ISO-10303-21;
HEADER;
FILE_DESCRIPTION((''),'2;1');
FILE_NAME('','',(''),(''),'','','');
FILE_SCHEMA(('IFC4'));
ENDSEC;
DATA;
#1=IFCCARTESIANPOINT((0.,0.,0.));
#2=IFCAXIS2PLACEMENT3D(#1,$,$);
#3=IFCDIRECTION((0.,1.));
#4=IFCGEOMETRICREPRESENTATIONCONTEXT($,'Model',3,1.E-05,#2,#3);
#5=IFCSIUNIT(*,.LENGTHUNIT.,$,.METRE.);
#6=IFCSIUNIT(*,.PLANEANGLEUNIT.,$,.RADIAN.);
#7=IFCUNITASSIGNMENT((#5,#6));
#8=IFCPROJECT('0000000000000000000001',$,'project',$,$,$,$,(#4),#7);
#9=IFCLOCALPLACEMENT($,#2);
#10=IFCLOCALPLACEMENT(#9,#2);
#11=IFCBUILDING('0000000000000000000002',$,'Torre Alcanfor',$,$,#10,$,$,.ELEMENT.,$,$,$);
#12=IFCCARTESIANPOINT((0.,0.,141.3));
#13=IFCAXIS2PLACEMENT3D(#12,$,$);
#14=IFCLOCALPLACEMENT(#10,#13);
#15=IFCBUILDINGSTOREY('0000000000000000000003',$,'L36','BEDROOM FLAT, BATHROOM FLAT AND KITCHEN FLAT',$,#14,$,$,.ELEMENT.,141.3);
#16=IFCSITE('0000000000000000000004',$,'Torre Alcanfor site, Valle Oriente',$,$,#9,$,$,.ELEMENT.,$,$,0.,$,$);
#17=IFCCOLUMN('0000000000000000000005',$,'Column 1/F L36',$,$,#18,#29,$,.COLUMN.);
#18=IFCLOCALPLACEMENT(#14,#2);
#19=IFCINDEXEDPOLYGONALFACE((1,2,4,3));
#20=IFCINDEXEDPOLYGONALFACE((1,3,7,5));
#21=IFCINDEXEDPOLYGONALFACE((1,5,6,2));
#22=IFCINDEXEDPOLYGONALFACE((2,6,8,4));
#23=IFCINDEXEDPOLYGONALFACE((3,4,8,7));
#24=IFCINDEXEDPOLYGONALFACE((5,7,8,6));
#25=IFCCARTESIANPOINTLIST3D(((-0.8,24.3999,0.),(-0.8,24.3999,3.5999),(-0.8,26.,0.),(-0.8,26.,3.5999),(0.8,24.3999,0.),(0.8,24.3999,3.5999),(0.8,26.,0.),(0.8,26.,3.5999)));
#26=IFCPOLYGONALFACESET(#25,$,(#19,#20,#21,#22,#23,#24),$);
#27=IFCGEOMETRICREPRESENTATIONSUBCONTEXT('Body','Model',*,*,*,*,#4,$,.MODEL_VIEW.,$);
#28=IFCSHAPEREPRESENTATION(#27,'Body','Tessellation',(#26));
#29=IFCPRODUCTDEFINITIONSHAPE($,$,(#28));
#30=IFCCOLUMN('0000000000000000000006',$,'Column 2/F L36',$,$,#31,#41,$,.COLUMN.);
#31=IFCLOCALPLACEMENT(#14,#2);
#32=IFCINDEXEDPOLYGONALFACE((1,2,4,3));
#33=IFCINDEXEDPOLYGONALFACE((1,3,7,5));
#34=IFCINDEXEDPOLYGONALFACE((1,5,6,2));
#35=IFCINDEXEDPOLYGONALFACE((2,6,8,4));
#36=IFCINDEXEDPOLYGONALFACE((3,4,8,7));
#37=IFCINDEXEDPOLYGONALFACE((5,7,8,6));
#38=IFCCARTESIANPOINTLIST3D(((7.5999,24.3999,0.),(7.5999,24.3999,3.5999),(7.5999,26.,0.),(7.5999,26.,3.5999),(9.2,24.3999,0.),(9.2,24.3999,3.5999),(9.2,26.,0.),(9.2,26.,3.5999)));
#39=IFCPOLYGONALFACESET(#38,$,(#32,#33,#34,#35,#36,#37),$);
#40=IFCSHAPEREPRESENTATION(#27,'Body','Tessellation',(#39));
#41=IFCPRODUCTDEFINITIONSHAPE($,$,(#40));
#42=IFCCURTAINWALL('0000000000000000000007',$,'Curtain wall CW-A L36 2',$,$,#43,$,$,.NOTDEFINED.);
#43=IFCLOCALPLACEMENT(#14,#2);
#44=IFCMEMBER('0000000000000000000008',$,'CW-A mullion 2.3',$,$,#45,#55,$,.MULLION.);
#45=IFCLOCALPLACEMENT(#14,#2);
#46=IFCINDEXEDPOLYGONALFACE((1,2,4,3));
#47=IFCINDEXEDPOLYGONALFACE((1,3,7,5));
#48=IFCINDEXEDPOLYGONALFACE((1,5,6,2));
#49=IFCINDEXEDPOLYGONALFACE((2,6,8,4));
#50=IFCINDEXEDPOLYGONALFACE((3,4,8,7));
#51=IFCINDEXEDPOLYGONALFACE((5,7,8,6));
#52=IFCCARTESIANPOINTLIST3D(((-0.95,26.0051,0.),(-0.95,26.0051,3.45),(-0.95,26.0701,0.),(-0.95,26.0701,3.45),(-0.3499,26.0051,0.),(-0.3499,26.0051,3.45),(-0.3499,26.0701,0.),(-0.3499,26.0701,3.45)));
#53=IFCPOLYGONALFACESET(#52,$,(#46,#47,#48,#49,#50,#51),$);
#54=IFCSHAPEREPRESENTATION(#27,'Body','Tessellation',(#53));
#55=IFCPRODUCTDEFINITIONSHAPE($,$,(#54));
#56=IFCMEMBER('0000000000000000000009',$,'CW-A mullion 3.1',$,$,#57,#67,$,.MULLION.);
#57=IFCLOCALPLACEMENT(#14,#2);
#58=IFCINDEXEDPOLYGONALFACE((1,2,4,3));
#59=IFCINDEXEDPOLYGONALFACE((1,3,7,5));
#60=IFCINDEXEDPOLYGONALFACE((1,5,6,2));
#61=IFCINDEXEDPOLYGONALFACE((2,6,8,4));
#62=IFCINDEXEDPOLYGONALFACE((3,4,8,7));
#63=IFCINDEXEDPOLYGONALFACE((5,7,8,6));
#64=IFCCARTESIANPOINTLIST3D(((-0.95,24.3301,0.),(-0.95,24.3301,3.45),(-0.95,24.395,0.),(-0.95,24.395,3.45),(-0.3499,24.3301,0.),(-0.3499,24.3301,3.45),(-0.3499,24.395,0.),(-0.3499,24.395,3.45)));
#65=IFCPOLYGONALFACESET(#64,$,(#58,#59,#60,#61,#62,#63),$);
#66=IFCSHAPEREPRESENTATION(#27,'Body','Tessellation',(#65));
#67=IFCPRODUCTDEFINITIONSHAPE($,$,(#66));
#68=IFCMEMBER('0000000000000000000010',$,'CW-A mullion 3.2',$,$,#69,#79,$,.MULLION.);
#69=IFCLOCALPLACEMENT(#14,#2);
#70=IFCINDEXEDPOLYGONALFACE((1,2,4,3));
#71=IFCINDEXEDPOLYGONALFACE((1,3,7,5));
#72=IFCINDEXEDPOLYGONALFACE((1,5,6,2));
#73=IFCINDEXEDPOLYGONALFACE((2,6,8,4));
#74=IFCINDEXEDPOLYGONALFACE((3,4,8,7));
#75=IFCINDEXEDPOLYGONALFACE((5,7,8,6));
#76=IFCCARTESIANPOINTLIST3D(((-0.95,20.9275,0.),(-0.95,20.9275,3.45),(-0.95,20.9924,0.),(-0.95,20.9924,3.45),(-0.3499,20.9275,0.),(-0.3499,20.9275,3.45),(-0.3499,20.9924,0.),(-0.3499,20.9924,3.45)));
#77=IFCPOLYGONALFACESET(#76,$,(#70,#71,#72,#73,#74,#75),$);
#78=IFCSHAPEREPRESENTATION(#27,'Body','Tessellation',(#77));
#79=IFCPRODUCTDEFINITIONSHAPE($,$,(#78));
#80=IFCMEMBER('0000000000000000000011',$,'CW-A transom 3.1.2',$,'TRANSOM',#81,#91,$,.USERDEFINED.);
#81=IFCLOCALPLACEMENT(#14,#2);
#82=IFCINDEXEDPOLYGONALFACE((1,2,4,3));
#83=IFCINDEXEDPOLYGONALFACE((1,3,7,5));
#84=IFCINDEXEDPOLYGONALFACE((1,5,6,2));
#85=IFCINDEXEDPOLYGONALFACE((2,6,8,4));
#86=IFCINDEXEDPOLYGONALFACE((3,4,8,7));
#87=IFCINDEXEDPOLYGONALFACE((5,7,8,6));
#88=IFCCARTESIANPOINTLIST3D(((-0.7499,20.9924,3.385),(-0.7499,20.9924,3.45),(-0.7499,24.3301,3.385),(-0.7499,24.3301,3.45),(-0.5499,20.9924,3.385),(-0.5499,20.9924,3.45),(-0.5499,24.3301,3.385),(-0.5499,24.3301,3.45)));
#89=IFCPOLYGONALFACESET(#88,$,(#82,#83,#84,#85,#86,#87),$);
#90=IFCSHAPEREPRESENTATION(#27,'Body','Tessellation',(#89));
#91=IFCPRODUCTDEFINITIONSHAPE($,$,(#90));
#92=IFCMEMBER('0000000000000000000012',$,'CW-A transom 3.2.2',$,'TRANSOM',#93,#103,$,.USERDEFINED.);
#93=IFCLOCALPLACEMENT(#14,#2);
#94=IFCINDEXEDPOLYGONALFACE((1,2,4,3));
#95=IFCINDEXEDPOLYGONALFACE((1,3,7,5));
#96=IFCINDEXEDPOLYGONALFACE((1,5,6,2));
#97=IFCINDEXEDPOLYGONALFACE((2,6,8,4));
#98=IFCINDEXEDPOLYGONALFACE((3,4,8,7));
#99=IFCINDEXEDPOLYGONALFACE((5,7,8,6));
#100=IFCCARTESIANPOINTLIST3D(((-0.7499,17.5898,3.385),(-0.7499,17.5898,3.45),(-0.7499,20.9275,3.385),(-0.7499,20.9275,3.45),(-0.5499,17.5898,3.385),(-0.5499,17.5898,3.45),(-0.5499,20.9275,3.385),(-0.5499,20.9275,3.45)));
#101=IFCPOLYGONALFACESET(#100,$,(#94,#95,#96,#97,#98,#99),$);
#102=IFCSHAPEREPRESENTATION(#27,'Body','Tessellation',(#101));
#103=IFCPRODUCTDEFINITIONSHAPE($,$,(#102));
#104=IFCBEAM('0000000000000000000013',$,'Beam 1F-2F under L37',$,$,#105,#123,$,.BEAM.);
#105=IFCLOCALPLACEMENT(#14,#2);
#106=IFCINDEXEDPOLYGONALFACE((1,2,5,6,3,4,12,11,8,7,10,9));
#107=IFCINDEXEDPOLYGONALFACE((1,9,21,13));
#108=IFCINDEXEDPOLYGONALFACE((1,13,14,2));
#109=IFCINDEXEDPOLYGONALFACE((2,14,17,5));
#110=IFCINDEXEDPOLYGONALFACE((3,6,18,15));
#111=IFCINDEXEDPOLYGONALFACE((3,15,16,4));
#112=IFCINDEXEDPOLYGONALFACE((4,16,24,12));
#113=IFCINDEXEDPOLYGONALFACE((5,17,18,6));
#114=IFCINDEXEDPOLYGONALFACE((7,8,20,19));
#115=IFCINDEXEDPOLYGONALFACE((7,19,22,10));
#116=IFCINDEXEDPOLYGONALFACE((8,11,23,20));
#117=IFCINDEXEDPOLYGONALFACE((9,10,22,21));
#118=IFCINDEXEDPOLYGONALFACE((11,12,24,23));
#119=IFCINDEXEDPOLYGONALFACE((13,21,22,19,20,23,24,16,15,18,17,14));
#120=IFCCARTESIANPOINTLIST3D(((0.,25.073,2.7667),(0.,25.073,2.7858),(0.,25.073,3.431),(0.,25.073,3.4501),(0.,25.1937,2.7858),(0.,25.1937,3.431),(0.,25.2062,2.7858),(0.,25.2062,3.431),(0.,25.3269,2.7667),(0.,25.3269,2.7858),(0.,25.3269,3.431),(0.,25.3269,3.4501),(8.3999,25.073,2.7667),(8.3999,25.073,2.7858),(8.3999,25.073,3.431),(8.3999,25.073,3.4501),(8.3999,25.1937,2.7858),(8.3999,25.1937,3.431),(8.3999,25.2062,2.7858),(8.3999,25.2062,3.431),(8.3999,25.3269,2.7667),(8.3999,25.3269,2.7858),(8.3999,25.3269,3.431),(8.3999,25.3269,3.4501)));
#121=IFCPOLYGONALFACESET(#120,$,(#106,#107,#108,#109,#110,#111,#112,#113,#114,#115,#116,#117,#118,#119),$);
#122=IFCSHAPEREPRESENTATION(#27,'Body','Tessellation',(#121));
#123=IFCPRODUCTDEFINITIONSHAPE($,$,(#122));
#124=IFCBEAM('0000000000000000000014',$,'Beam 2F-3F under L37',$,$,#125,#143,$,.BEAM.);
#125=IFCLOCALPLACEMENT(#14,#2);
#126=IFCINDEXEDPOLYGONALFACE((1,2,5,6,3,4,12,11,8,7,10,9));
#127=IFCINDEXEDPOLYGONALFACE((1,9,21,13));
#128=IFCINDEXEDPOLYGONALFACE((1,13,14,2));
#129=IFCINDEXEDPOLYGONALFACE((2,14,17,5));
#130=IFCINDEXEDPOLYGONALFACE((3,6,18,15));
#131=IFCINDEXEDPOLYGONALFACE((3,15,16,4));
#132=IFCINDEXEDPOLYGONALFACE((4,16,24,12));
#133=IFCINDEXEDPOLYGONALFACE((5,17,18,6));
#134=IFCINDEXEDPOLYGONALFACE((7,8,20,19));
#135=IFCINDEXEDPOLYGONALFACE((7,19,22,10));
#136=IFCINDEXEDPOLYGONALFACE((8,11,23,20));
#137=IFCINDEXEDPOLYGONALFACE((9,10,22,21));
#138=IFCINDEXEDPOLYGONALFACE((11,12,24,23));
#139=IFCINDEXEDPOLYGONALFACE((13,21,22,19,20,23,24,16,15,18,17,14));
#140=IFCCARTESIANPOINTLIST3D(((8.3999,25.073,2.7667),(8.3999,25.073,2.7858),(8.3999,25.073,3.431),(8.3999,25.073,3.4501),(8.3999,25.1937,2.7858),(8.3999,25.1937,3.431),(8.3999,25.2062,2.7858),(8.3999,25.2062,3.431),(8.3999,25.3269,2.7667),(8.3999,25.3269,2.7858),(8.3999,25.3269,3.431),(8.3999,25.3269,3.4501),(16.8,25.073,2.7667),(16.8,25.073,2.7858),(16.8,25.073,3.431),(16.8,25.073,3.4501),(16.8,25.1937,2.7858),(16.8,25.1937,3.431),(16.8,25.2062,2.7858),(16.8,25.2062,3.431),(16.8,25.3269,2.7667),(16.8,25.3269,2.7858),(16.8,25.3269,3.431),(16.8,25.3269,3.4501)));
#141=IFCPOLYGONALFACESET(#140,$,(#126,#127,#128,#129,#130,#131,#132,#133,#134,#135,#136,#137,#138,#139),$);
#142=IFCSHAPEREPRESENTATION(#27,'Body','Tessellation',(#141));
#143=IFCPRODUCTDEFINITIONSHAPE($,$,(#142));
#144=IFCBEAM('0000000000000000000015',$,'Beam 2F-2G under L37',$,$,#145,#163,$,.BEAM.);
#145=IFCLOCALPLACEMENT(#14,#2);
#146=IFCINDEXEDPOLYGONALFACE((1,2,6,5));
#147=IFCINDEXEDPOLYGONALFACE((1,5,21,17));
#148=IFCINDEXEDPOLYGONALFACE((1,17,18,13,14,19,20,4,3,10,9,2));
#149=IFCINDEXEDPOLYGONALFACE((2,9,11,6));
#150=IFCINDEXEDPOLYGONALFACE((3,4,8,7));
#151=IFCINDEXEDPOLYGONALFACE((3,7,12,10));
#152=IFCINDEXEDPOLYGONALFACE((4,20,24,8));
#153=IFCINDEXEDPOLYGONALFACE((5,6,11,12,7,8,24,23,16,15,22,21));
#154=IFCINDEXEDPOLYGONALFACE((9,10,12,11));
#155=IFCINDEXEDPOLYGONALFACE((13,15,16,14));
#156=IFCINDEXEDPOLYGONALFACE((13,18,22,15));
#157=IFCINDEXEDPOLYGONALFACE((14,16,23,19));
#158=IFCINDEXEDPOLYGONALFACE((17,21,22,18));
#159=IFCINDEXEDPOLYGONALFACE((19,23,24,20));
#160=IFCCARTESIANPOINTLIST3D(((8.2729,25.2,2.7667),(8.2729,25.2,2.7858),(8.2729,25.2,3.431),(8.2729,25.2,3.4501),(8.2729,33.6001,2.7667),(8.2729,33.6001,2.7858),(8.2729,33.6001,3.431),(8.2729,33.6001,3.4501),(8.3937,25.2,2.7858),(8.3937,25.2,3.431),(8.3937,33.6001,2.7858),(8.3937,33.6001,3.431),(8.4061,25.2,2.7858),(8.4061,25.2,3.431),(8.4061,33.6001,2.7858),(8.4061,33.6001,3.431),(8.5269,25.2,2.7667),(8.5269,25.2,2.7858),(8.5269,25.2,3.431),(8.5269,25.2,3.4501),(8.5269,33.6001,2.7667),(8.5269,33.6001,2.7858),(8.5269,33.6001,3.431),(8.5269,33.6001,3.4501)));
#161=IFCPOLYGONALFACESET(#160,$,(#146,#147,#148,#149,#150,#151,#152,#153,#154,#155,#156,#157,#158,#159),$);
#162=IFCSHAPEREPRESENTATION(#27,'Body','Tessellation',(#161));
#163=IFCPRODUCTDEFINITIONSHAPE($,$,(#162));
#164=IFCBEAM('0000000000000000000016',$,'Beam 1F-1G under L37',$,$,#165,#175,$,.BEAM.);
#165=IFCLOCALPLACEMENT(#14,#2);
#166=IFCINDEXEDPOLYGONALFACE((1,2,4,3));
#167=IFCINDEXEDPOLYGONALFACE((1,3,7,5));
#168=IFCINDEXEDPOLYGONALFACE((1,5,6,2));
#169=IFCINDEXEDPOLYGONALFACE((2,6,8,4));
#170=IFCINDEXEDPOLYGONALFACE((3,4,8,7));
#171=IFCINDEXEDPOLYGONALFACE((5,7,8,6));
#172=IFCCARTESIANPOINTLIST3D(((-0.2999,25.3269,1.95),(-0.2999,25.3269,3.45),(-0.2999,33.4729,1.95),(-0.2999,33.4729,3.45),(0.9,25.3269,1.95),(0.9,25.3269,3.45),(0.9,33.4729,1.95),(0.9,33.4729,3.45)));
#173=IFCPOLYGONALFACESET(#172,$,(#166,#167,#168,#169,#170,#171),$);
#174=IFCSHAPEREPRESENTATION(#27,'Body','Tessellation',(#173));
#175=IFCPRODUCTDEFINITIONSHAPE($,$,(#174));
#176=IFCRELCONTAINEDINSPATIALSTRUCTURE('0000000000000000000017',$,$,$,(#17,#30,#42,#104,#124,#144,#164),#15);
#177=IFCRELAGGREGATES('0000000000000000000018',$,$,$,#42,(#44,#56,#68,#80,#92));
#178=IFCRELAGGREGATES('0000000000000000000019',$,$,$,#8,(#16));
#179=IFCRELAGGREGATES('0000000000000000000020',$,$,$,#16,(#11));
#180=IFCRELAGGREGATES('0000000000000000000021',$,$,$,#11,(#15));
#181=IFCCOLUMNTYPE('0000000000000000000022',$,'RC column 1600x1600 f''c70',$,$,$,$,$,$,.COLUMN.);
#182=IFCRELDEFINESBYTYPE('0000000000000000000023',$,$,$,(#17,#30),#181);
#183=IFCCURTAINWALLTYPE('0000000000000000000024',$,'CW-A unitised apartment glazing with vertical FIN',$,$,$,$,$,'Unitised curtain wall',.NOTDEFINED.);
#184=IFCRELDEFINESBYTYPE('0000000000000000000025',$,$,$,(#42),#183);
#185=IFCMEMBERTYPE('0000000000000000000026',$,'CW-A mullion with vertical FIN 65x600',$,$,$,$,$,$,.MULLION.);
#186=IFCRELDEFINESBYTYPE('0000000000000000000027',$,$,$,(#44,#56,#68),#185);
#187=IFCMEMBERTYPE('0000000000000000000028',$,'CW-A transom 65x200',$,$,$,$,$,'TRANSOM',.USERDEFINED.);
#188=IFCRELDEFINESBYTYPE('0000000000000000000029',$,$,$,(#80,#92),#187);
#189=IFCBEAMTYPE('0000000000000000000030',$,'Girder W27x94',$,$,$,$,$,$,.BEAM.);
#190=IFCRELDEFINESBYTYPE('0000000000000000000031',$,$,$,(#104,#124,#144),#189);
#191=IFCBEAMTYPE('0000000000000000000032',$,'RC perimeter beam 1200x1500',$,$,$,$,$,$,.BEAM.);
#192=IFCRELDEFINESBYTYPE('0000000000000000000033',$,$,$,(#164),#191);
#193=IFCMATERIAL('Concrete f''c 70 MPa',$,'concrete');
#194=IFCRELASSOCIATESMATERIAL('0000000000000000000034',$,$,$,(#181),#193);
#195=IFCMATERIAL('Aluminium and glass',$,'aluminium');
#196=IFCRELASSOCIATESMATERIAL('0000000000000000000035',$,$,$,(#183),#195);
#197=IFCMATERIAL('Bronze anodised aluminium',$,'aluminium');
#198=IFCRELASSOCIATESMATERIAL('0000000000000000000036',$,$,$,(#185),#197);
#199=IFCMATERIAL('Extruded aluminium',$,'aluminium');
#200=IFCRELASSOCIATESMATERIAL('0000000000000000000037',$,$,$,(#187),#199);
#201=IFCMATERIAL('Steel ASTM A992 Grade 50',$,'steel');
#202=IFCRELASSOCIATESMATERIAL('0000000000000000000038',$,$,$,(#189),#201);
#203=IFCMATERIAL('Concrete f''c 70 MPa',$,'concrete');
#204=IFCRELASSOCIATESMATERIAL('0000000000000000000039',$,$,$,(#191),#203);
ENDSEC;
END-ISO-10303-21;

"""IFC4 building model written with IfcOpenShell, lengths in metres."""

from ifc_helpers import new_model, si_unit, direction, frame, origin, origin_2d, place, context, subcontext, project, spatial, rectangle, i_section, extrude, material, material_profile, profile_set, type_object, element, aggregate, save


model = new_model("IFC4")

# Units and contexts
model_context = context("Model", 3, precision=1e-05, world=origin(), true_north=direction((0.0, 1.0)))
body_context = subcontext(model_context, "Body", "Model", "MODEL_VIEW")
ifc_project = project(units=[si_unit("LENGTHUNIT", "METRE"), si_unit("PLANEANGLEUNIT", "RADIAN")], contexts=[model_context])

# Site, building, storey
site_placement = place(None, origin())
site = spatial("IfcSite", under=ifc_project, at=site_placement, Name="Torre Alcanfor site, Valle Oriente", CompositionType="ELEMENT", RefElevation=0.0)
building_placement = place(site_placement, origin())
building = spatial("IfcBuilding", under=site, at=building_placement, Name="Torre Alcanfor", CompositionType="ELEMENT")
storey_placement = place(building_placement, frame((0.0, 0.0, 141.3)))
storey = spatial("IfcBuildingStorey", under=building, at=storey_placement, Name="L36", Description="BEDROOM FLAT, BATHROOM FLAT AND KITCHEN FLAT", CompositionType="ELEMENT", Elevation=141.3)

# Columns
ifc_material_1 = material(Name="Concrete f'c 70 MPa", Category="concrete")
ifc_material_profile_1 = material_profile(ifc_material_1, rectangle(XDim=1.6001, YDim=1.6001, at=origin_2d()), Name="1600x1600")
ifc_profile_set_1 = profile_set([ifc_material_profile_1], Name="Concrete f'c 70 MPa")
column_type = type_object("IfcColumnType", Name="RC column 1600x1600 f'c70", PredefinedType="COLUMN", material=ifc_profile_set_1)
for number, where, z_axis, x_axis, name in (
    (1, (0.0, 25.2, 0.0), (0.0, 0.0, 1.0), (1.0, 0.0, 0.0), "Column 1/F L36"),
    (2, (8.3999, 25.2, 0.0), (0.0, 0.0, 1.0), (1.0, 0.0, 0.0), "Column 2/F L36"),
):
    element("IfcColumn", number, at=place(storey_placement, frame(where, z_axis=z_axis, x_axis=x_axis)), inside=storey, type_object=column_type, Name=name, PredefinedType="COLUMN", context=body_context, shape_type="SweptSolid", body=[
        extrude(rectangle(XDim=1.6001, YDim=1.6001, at=origin_2d()), origin(), (0.0, 0.0, 1.0), 3.5999),
    ])

# Curtain wall, members
ifc_material_2 = material(Name="Aluminium and glass", Category="aluminium")
curtain_wall_type = type_object("IfcCurtainWallType", Name="CW-A unitised apartment glazing with vertical FIN", ElementType="Unitised curtain wall", PredefinedType="NOTDEFINED", material=ifc_material_2)
curtain_wall_placement = place(storey_placement, origin())
curtain_wall = element("IfcCurtainWall", 3, at=curtain_wall_placement, inside=storey, type_object=curtain_wall_type, Name="Curtain wall CW-A L36 2", PredefinedType="NOTDEFINED")
ifc_material_3 = material(Name="Bronze anodised aluminium", Category="aluminium")
ifc_material_profile_2 = material_profile(ifc_material_3, rectangle(XDim=0.6001, YDim=0.0649, at=origin_2d()), Name="CW-A mullion 65x600")
ifc_profile_set_2 = profile_set([ifc_material_profile_2], Name="Bronze anodised aluminium")
member_type_1 = type_object("IfcMemberType", Name="CW-A mullion with vertical FIN 65x600", PredefinedType="MULLION", material=ifc_profile_set_2)
member_1_placement = place(storey_placement, frame((-0.6499, 26.0376, 0.0), z_axis=(0.0, 0.0, 1.0), x_axis=(1.0, 0.0, 0.0)))
member_1 = element("IfcMember", 4, at=member_1_placement, type_object=member_type_1, Name="CW-A mullion 2.3", PredefinedType="MULLION", context=body_context, shape_type="SweptSolid", body=[
    extrude(rectangle(XDim=0.6001, YDim=0.0649, at=origin_2d()), origin(), (0.0, 0.0, 1.0), 3.45),
])
member_2_placement = place(storey_placement, frame((-0.6499, 24.3625, 0.0), z_axis=(0.0, 0.0, 1.0), x_axis=(1.0, 0.0, 0.0)))
member_2 = element("IfcMember", 5, at=member_2_placement, type_object=member_type_1, Name="CW-A mullion 3.1", PredefinedType="MULLION", context=body_context, shape_type="SweptSolid", body=[
    extrude(rectangle(XDim=0.6001, YDim=0.0649, at=origin_2d()), origin(), (0.0, 0.0, 1.0), 3.45),
])
member_3_placement = place(storey_placement, frame((-0.6499, 20.96, 0.0), z_axis=(0.0, 0.0, 1.0), x_axis=(1.0, 0.0, 0.0)))
member_3 = element("IfcMember", 6, at=member_3_placement, type_object=member_type_1, Name="CW-A mullion 3.2", PredefinedType="MULLION", context=body_context, shape_type="SweptSolid", body=[
    extrude(rectangle(XDim=0.6001, YDim=0.0649, at=origin_2d()), origin(), (0.0, 0.0, 1.0), 3.45),
])
ifc_material_4 = material(Name="Extruded aluminium", Category="aluminium")
ifc_material_profile_3 = material_profile(ifc_material_4, rectangle(XDim=0.2, YDim=0.0649, at=origin_2d()), Name="CW-A transom 200x65")
ifc_profile_set_3 = profile_set([ifc_material_profile_3], Name="Extruded aluminium")
member_type_2 = type_object("IfcMemberType", Name="CW-A transom 65x200", ElementType="TRANSOM", PredefinedType="USERDEFINED", material=ifc_profile_set_3)
member_4_placement = place(storey_placement, frame((-0.6499, 24.3301, 3.4175), z_axis=(0.0, -1.0, 0.0), x_axis=(1.0, 0.0, 0.0)))
member_4 = element("IfcMember", 7, at=member_4_placement, type_object=member_type_2, Name="CW-A transom 3.1.2", ObjectType="TRANSOM", PredefinedType="USERDEFINED", context=body_context, shape_type="SweptSolid", body=[
    extrude(rectangle(XDim=0.2, YDim=0.0649, at=origin_2d()), origin(), (0.0, 0.0, 1.0), 3.3376),
])
member_5_placement = place(storey_placement, frame((-0.6499, 20.9275, 3.4175), z_axis=(0.0, -1.0, 0.0), x_axis=(1.0, 0.0, 0.0)))
member_5 = element("IfcMember", 8, at=member_5_placement, type_object=member_type_2, Name="CW-A transom 3.2.2", ObjectType="TRANSOM", PredefinedType="USERDEFINED", context=body_context, shape_type="SweptSolid", body=[
    extrude(rectangle(XDim=0.2, YDim=0.0649, at=origin_2d()), origin(), (0.0, 0.0, 1.0), 3.3376),
])

# Beams
ifc_material_5 = material(Name="Steel ASTM A992 Grade 50", Category="steel")
ifc_material_profile_4 = material_profile(ifc_material_5, i_section(OverallWidth=0.2539, OverallDepth=0.6833, WebThickness=0.0125, FlangeThickness=0.019, at=origin_2d()), Name="W27x94")
ifc_profile_set_4 = profile_set([ifc_material_profile_4], Name="Steel ASTM A992 Grade 50")
beam_type_1 = type_object("IfcBeamType", Name="Girder W27x94", PredefinedType="BEAM", material=ifc_profile_set_4)
beam_1_placement = place(storey_placement, frame((0.0, 25.2, 3.1084), z_axis=(1.0, 0.0, 0.0), x_axis=(0.0, 1.0, 0.0)))
element("IfcBeam", 9, at=beam_1_placement, inside=storey, type_object=beam_type_1, Name="Beam 1F-2F under L37", PredefinedType="BEAM", context=body_context, shape_type="SweptSolid", body=[
    extrude(i_section(OverallWidth=0.2539, OverallDepth=0.6833, WebThickness=0.0125, FlangeThickness=0.019, at=origin_2d()), origin(), (0.0, 0.0, 1.0), 8.3999),
])
for number, where, z_axis, x_axis, name in (
    (10, (8.3999, 25.2, 3.1084), (1.0, 0.0, 0.0), (0.0, 1.0, 0.0), "Beam 2F-3F under L37"),
    (11, (8.3999, 25.2, 3.1084), (0.0, 1.0, 0.0), (-1.0, 0.0, 0.0), "Beam 2F-2G under L37"),
):
    element("IfcBeam", number, at=place(storey_placement, frame(where, z_axis=z_axis, x_axis=x_axis)), inside=storey, type_object=beam_type_1, Name=name, PredefinedType="BEAM", context=body_context, shape_type="SweptSolid", body=[
        extrude(i_section(OverallWidth=0.2539, OverallDepth=0.6833, WebThickness=0.0125, FlangeThickness=0.019, at=origin_2d()), origin(), (0.0, 0.0, 1.0), 8.4001),
    ])
ifc_material_6 = material(Name="Concrete f'c 70 MPa", Category="concrete")
ifc_material_profile_5 = material_profile(ifc_material_6, rectangle(XDim=1.2, YDim=1.5, at=origin_2d()), Name="1200x1500")
ifc_profile_set_5 = profile_set([ifc_material_profile_5], Name="Concrete f'c 70 MPa")
beam_type_2 = type_object("IfcBeamType", Name="RC perimeter beam 1200x1500", PredefinedType="BEAM", material=ifc_profile_set_5)
beam_2_placement = place(storey_placement, frame((0.3, 25.3269, 2.7), z_axis=(0.0, 1.0, 0.0), x_axis=(-1.0, 0.0, 0.0)))
element("IfcBeam", 12, at=beam_2_placement, inside=storey, type_object=beam_type_2, Name="Beam 1F-1G under L37", PredefinedType="BEAM", context=body_context, shape_type="SweptSolid", body=[
    extrude(rectangle(XDim=1.2, YDim=1.5, at=origin_2d()), origin(), (0.0, 0.0, 1.0), 8.146),
])

aggregate(curtain_wall, [member_1, member_2, member_3, member_4, member_5])

save(model, "model.ifc")
